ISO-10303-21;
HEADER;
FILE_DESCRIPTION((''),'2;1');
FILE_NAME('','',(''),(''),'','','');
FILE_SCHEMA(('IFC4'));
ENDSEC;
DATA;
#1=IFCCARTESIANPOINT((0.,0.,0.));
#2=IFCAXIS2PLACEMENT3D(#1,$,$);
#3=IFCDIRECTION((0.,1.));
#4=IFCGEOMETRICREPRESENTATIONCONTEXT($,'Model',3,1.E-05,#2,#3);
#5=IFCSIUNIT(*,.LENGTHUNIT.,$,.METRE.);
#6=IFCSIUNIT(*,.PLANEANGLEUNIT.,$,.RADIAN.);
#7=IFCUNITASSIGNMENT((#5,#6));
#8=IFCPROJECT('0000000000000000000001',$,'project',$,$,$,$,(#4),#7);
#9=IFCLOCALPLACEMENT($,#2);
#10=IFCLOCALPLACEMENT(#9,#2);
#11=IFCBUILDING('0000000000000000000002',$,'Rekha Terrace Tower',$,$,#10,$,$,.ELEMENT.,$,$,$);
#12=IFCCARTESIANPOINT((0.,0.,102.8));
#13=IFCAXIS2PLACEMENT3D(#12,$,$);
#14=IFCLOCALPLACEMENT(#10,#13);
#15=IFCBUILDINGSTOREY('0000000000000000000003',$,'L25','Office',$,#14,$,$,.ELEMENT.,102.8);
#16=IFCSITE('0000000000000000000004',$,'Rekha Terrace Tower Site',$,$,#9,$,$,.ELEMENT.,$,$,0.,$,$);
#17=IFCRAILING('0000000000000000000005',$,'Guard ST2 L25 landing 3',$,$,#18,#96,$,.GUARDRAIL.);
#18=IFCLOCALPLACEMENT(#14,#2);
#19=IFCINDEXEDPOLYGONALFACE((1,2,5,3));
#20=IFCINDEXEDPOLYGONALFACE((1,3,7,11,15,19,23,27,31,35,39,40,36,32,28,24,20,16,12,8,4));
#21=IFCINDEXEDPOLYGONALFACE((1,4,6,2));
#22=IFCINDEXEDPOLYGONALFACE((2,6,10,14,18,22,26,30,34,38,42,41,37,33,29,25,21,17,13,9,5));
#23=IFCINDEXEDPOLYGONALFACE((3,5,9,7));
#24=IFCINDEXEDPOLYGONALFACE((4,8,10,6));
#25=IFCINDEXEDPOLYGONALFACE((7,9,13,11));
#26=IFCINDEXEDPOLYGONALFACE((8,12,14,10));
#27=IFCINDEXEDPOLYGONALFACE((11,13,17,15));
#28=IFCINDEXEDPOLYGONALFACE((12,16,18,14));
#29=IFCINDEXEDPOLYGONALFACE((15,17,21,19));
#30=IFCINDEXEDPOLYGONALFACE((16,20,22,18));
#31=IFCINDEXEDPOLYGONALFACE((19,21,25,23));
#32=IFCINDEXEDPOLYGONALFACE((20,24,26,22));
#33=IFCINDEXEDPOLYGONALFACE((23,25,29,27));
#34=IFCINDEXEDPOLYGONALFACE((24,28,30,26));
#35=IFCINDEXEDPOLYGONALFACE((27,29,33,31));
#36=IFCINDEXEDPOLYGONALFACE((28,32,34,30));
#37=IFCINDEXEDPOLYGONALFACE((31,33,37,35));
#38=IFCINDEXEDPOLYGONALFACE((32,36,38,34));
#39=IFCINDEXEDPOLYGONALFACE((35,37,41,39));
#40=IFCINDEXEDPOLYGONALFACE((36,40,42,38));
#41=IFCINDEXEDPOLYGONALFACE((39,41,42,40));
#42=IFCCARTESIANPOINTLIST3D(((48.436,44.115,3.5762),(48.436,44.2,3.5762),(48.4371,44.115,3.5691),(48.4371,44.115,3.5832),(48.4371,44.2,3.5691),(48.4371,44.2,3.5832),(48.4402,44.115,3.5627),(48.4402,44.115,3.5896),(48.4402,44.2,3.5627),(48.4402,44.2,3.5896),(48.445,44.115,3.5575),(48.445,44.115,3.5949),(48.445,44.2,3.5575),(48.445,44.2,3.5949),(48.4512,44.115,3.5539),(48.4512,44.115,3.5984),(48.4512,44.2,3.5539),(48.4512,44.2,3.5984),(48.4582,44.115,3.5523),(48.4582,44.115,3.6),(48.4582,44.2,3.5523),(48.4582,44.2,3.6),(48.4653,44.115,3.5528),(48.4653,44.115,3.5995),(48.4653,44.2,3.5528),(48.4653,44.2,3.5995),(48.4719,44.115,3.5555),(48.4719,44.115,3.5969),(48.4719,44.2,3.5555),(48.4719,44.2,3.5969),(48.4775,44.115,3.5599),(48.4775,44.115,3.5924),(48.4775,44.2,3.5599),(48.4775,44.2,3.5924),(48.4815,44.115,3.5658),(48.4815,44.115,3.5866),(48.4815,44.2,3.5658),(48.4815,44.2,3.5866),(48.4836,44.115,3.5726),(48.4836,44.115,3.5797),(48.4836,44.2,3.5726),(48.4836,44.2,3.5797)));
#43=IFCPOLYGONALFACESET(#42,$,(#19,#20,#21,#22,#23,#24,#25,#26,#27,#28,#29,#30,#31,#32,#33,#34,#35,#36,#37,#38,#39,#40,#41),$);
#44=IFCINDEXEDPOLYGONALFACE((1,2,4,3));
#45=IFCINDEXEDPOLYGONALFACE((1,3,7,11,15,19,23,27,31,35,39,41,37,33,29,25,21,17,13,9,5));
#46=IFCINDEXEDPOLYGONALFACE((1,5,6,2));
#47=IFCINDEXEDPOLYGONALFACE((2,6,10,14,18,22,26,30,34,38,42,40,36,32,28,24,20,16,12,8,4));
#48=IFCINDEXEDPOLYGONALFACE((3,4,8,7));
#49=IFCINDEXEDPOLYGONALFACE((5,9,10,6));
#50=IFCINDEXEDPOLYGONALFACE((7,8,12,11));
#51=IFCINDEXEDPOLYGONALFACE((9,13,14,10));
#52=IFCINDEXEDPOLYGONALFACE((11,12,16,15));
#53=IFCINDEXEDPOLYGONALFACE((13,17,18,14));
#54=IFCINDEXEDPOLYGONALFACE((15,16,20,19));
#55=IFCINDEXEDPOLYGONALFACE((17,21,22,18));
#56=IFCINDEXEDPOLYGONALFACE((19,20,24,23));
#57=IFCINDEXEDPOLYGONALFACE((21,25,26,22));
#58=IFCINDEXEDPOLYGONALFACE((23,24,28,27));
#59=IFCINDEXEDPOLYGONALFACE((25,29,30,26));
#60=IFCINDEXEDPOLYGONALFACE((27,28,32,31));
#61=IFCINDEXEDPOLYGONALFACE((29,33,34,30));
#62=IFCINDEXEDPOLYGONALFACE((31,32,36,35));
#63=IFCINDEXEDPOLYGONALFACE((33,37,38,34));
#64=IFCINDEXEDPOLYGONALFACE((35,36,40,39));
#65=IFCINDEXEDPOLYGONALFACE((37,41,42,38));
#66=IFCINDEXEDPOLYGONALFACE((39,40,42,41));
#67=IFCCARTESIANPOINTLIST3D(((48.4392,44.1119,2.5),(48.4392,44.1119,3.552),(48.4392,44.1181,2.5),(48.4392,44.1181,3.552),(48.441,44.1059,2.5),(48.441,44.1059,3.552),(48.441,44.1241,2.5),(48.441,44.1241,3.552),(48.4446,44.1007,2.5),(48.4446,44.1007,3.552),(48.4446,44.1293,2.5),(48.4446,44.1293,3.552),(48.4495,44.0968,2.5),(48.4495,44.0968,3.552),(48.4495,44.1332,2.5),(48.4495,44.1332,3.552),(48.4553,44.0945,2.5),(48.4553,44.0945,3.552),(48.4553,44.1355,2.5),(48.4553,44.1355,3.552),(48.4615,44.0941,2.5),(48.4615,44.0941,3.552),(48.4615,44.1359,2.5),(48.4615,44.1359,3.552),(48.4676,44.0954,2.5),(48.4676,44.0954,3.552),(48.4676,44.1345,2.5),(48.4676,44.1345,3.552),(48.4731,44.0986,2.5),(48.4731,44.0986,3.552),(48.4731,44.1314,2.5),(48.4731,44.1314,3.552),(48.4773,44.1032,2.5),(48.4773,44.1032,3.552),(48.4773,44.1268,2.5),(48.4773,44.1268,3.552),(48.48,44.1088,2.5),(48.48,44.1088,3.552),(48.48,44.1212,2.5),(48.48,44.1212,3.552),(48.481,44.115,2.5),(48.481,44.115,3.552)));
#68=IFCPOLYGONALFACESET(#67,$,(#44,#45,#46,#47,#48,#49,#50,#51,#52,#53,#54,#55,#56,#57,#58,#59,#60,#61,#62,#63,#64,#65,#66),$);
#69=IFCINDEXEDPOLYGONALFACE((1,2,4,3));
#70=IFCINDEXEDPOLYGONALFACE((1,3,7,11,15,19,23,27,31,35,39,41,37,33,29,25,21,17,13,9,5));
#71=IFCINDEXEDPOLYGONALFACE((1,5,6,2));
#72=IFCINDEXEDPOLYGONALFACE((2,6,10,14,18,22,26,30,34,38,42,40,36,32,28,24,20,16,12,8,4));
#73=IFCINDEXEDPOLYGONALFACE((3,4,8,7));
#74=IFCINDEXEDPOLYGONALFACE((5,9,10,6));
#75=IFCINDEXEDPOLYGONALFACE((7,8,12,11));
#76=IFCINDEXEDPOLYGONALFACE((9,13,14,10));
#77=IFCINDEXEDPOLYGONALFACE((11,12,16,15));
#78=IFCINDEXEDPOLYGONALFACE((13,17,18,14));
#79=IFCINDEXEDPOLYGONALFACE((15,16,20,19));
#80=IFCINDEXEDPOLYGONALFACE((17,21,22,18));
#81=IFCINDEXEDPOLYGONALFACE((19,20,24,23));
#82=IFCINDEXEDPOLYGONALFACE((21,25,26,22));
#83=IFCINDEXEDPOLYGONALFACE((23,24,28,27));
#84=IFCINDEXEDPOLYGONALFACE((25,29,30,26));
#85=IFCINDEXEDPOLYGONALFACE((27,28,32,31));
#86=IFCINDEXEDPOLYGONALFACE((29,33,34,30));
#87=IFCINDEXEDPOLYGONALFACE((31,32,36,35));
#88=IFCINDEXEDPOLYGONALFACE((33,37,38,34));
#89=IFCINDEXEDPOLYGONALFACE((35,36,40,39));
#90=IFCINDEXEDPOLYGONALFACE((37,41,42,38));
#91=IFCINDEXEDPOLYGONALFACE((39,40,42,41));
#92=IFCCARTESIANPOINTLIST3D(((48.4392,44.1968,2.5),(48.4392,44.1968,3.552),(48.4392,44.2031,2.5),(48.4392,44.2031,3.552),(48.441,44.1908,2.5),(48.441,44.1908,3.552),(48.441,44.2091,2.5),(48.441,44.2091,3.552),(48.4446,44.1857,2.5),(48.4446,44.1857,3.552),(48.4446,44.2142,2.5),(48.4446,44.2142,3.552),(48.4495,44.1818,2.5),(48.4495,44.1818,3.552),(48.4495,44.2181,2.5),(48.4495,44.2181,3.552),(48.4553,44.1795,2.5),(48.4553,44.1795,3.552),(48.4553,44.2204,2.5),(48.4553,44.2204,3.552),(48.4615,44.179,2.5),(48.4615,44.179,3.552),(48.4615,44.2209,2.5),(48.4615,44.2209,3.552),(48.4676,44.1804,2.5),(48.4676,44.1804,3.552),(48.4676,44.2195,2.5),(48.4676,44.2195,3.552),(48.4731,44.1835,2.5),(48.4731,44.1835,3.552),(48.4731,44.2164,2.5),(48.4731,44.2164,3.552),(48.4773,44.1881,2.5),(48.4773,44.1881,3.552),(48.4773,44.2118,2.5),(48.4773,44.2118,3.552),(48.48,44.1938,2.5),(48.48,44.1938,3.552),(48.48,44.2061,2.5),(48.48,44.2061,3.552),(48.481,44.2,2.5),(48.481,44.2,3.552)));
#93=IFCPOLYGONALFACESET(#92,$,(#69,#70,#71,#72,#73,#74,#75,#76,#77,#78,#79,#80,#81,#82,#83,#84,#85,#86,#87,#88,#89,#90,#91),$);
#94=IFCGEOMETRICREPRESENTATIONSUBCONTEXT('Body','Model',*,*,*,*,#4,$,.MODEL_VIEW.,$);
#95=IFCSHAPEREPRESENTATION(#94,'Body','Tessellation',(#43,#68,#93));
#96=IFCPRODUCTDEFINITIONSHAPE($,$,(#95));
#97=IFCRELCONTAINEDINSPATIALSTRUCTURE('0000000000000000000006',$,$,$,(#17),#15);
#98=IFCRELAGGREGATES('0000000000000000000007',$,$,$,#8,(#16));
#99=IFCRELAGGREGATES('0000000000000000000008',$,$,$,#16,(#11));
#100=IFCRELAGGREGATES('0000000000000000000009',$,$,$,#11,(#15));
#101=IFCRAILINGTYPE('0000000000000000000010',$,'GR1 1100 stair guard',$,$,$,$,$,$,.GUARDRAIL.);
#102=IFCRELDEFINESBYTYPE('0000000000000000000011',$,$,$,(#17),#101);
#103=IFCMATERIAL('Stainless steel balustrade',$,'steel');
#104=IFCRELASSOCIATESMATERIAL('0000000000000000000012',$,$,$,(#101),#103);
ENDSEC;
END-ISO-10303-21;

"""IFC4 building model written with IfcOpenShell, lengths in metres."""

from ifc_helpers import new_model, si_unit, direction, frame, origin, origin_2d, place, context, subcontext, project, spatial, circle, extrude, material, type_object, element, save


model = new_model("IFC4")

# Units and contexts
model_context = context("Model", 3, precision=1e-05, world=origin(), true_north=direction((0.0, 1.0)))
body_context = subcontext(model_context, "Body", "Model", "MODEL_VIEW")
ifc_project = project(units=[si_unit("LENGTHUNIT", "METRE"), si_unit("PLANEANGLEUNIT", "RADIAN")], contexts=[model_context])

# Site, building, storey
site_placement = place(None, origin())
site = spatial("IfcSite", under=ifc_project, at=site_placement, Name="Rekha Terrace Tower Site", CompositionType="ELEMENT", RefElevation=0.0)
building_placement = place(site_placement, origin())
building = spatial("IfcBuilding", under=site, at=building_placement, Name="Rekha Terrace Tower", CompositionType="ELEMENT")
storey_placement = place(building_placement, frame((0.0, 0.0, 102.8)))
storey = spatial("IfcBuildingStorey", under=building, at=storey_placement, Name="L25", Description="Office", CompositionType="ELEMENT", Elevation=102.8)

# Railing
ifc_material_1 = material(Name="Stainless steel balustrade", Category="steel")
railing_type_1 = type_object("IfcRailingType", Name="GR1 1100 stair guard", PredefinedType="GUARDRAIL", material=ifc_material_1)
railing_1_placement = place(storey_placement, frame((48.46, 44.115, 2.5)))
element("IfcRailing", 1, at=railing_1_placement, inside=storey, type_object=railing_type_1, Name="Guard ST2 L25 landing 3", PredefinedType="GUARDRAIL", context=body_context, shape_type="SweptSolid", body=[
    extrude(circle(Radius=0.0239, at=origin_2d()), frame((0.0, 0.0, 1.0762), z_axis=(0.0, 1.0, 0.0), x_axis=(-1.0, 0.0, 0.0)), (0.0, 0.0, 1.0), 0.085),
    extrude(circle(Radius=0.021, at=origin_2d()), origin(), (0.0, 0.0, 1.0), 1.052),
    extrude(circle(Radius=0.021, at=origin_2d()), frame((0.0, 0.085, 0.0)), (0.0, 0.0, 1.0), 1.052),
])

save(model, "model.ifc")
